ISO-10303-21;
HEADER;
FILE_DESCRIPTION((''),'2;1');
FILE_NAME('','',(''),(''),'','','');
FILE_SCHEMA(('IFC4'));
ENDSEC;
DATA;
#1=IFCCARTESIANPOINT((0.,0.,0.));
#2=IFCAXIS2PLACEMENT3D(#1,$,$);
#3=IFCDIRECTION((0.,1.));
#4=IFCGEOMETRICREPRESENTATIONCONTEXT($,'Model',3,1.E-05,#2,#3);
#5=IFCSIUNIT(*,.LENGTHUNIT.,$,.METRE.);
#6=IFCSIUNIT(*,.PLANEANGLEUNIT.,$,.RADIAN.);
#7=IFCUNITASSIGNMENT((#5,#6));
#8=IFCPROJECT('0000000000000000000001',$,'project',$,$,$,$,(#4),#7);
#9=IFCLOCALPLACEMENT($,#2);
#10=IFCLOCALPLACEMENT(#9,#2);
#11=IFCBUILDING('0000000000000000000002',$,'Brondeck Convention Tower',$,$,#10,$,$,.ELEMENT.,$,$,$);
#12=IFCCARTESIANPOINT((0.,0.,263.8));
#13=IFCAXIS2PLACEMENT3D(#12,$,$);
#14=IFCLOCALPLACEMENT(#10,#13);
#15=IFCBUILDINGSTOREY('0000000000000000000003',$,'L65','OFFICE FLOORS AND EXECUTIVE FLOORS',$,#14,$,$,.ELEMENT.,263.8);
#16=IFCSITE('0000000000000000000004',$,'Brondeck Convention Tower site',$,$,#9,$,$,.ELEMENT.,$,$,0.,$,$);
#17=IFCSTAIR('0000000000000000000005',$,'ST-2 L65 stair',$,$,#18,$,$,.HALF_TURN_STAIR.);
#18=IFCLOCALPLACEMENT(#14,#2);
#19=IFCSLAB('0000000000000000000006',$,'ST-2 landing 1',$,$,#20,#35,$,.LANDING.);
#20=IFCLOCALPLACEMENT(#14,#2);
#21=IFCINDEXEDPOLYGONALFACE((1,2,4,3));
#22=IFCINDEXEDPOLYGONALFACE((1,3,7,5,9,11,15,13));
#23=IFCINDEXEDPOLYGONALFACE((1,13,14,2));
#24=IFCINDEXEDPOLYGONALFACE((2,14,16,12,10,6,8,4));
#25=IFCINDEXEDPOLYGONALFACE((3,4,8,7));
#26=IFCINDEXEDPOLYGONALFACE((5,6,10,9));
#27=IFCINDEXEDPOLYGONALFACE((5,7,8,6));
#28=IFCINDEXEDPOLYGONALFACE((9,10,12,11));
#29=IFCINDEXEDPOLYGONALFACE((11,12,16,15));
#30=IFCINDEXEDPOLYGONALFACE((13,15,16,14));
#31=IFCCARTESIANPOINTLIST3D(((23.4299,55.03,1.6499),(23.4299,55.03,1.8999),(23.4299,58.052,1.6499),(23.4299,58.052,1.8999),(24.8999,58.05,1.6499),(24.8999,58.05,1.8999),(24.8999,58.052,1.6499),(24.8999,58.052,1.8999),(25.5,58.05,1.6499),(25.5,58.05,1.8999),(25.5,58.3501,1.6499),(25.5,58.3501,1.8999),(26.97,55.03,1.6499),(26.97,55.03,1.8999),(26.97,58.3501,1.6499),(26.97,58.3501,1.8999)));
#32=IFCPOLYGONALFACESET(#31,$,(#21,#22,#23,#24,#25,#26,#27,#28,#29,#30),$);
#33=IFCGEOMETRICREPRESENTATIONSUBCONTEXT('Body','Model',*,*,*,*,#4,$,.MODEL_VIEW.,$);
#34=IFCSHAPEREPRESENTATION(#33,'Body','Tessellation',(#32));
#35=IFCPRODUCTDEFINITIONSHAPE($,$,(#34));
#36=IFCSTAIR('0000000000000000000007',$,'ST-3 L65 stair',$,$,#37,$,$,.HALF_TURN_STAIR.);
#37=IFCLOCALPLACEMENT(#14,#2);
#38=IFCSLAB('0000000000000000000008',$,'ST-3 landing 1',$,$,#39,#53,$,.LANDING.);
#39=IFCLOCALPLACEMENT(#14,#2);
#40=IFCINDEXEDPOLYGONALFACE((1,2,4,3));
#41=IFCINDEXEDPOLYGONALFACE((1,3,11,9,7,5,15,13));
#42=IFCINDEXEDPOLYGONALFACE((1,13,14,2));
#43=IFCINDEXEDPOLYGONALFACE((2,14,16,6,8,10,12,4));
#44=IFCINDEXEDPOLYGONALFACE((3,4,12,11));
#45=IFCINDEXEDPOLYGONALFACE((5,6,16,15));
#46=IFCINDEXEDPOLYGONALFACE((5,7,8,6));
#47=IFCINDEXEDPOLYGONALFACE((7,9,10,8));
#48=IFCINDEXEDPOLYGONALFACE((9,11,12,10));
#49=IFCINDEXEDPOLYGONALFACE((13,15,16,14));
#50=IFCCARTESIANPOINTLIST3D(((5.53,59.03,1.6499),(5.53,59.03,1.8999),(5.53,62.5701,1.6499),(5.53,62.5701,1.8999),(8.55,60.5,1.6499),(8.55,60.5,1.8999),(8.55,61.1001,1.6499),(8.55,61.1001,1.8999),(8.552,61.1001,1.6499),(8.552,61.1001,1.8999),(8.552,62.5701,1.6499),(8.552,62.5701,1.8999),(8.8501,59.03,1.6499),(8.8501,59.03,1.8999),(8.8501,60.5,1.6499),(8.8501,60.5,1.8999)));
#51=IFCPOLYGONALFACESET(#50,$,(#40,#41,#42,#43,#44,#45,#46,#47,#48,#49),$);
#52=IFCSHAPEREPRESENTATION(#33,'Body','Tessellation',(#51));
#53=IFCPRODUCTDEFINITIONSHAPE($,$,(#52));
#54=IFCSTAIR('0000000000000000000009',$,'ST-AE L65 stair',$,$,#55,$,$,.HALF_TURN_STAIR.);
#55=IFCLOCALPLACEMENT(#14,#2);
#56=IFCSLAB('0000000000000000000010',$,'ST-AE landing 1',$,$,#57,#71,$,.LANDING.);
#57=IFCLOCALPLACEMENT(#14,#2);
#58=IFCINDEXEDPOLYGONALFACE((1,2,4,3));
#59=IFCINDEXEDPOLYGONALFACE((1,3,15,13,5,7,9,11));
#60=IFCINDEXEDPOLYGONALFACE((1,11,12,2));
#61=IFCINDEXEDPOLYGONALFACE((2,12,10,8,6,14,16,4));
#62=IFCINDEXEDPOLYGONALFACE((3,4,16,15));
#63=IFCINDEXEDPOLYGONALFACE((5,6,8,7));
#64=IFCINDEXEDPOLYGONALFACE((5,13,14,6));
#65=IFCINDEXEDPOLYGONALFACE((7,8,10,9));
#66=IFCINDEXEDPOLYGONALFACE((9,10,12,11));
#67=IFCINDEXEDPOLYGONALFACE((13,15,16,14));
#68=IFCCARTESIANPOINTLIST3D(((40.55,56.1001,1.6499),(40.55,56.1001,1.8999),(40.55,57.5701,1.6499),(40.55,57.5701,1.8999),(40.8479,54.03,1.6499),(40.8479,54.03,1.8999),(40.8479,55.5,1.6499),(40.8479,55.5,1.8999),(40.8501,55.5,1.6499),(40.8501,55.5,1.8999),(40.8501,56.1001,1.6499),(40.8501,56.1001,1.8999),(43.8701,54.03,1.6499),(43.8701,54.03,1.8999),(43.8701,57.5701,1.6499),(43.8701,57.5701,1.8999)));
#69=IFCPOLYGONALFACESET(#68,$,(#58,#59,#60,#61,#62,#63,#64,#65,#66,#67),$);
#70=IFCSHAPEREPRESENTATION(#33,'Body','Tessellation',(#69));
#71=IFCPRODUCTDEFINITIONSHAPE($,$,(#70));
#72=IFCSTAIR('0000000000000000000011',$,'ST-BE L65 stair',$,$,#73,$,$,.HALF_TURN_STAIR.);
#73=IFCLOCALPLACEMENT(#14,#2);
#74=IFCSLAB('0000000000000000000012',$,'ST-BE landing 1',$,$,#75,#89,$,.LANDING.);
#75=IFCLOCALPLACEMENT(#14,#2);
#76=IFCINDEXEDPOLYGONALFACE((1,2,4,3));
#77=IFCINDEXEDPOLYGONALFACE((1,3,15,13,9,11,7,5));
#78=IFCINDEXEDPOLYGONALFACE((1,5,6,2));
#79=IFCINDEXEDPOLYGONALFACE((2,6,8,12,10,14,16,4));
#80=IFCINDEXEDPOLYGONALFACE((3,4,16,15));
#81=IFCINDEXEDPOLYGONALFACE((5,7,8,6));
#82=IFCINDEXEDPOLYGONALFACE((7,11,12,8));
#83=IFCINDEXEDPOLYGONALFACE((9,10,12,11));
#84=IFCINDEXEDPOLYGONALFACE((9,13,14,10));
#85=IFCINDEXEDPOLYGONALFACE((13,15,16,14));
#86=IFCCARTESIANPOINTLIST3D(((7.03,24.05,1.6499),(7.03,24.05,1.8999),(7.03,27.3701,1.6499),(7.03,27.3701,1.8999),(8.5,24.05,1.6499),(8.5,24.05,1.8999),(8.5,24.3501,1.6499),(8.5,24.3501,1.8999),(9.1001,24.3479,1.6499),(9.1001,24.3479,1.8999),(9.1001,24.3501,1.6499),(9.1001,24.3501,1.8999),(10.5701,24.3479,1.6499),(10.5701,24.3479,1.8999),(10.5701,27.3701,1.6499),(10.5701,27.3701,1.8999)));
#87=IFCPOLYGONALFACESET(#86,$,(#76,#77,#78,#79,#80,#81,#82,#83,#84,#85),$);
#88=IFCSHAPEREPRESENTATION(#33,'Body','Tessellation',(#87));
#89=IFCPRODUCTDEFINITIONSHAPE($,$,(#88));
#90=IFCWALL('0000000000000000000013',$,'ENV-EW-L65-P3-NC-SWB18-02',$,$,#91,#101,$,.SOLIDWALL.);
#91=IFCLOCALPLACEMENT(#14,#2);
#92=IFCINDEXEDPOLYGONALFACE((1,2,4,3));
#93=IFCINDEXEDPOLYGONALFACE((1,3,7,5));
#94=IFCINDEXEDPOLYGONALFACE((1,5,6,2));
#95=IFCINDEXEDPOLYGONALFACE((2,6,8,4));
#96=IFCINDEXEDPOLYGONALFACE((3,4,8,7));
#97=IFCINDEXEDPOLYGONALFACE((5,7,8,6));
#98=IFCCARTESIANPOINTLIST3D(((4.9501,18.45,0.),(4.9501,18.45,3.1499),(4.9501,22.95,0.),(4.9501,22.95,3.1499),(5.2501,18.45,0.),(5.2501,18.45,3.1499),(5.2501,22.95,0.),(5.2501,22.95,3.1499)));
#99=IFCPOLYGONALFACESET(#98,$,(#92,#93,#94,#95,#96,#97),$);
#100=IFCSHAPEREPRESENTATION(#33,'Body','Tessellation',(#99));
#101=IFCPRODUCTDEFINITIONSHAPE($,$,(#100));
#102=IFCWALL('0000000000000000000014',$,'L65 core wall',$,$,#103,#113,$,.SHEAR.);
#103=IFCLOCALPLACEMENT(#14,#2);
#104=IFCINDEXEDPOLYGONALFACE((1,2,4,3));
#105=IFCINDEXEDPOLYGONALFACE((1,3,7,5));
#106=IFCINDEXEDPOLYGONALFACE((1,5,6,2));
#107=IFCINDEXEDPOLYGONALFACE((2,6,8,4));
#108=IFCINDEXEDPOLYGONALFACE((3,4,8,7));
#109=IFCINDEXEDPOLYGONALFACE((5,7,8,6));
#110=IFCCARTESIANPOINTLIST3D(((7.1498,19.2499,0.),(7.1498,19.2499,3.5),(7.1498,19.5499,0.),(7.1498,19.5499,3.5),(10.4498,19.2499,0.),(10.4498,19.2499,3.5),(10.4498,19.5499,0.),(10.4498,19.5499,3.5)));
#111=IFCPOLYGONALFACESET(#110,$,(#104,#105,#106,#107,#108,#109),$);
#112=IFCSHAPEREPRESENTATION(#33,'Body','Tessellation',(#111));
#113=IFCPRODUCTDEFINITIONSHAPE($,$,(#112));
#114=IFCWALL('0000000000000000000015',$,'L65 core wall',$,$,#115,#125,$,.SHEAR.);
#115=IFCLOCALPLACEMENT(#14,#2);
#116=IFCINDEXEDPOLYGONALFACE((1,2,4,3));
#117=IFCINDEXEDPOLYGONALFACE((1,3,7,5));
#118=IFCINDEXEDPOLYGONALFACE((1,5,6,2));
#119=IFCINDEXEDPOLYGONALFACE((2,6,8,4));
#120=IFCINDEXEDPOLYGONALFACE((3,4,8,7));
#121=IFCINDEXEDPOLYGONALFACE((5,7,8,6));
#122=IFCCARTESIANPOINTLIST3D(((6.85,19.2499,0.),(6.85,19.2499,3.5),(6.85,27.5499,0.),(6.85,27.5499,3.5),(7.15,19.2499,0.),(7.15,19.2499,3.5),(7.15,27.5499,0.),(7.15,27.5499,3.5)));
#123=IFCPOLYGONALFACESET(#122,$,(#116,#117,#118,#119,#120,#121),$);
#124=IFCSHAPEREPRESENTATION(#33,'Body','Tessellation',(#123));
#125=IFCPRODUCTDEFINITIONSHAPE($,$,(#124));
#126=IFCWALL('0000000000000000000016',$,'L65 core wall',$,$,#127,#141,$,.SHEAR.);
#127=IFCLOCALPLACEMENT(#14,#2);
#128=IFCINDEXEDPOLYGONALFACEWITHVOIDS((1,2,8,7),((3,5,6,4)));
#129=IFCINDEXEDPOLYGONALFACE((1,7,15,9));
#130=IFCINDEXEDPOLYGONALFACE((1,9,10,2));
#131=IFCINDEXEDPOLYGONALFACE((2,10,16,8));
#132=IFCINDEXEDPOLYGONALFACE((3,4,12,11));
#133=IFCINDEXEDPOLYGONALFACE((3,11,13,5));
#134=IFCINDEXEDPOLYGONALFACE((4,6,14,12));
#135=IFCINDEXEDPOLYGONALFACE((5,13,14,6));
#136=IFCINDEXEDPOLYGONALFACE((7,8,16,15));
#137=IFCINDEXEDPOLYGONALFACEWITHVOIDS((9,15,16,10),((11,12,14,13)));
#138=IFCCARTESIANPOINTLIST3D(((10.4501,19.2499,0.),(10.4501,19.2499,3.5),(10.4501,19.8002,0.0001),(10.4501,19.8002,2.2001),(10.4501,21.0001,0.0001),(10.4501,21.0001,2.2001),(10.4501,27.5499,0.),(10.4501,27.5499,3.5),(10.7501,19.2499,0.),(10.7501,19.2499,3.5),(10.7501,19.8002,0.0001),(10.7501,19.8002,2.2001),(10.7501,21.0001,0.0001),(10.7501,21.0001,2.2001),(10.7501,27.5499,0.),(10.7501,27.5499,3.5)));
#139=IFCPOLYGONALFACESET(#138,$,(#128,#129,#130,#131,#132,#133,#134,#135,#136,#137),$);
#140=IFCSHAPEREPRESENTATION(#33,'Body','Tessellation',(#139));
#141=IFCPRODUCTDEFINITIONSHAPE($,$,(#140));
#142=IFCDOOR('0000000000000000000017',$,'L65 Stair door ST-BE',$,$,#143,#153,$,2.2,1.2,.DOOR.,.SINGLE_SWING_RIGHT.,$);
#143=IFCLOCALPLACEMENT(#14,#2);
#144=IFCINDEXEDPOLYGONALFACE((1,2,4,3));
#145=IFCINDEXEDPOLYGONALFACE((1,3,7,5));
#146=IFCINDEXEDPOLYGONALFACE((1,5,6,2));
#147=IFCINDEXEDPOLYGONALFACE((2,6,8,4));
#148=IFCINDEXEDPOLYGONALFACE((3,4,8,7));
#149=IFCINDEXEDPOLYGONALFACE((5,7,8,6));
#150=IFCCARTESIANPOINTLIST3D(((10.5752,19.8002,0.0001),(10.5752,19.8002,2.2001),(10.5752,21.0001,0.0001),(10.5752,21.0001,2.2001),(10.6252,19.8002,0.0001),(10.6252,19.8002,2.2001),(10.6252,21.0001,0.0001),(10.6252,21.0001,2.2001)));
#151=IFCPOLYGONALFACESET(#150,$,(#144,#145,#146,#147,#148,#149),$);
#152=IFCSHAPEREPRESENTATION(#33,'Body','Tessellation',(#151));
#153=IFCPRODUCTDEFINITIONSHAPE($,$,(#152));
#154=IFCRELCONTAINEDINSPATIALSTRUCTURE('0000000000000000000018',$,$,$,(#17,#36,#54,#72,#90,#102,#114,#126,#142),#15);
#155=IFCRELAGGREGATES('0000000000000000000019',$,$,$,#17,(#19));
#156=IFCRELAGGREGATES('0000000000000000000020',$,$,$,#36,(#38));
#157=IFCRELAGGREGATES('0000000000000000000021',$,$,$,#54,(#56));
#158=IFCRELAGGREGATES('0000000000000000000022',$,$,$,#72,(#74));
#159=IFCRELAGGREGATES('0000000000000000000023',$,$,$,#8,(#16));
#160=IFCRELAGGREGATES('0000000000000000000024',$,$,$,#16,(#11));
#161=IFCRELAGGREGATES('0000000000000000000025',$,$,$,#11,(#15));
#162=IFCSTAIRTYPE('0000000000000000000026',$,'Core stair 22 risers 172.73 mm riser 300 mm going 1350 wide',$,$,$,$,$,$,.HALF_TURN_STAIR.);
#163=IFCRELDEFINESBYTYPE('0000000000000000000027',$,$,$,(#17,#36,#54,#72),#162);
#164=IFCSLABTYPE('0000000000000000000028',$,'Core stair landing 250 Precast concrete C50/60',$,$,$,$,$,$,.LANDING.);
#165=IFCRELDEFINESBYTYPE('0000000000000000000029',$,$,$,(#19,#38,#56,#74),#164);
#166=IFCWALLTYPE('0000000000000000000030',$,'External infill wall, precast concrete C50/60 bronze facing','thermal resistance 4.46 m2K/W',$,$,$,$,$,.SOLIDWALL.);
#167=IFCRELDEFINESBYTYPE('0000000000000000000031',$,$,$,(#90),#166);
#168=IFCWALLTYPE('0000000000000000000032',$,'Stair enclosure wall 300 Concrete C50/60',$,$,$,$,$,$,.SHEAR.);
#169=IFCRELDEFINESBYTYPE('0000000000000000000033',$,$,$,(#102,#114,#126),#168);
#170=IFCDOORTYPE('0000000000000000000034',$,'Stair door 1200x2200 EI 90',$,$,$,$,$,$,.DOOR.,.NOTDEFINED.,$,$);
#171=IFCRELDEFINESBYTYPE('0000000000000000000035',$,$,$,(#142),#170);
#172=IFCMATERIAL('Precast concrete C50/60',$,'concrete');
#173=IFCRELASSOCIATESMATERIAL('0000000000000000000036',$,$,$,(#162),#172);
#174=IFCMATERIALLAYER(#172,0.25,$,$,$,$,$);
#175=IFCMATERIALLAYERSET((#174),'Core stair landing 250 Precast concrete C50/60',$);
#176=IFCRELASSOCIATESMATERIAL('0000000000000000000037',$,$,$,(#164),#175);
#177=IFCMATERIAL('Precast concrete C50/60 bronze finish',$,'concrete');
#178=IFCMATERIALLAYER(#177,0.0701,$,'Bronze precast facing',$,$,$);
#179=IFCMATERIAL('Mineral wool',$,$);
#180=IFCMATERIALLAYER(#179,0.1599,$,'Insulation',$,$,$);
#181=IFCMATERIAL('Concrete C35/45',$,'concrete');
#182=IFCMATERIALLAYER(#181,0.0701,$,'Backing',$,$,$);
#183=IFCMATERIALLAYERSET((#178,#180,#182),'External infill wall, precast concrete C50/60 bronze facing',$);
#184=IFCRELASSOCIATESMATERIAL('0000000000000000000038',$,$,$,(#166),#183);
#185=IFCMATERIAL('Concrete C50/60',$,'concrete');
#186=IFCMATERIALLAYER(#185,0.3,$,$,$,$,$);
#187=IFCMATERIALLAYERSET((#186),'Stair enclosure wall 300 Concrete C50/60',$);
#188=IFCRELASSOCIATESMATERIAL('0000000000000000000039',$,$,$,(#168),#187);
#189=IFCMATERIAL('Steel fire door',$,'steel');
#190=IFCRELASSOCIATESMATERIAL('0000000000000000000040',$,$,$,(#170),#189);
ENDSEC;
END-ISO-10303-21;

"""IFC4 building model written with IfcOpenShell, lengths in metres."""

from ifc_helpers import new_model, si_unit, direction, frame, frame_2d, origin, place, context, subcontext, project, spatial, polyline, rectangle, outline, extrude, material, layer, layer_set, type_object, element, fill, aggregate, save


model = new_model("IFC4")

# Units and contexts
model_context = context("Model", 3, precision=1e-05, world=origin(), true_north=direction((0.0, 1.0)))
body_context = subcontext(model_context, "Body", "Model", "MODEL_VIEW")
ifc_project = project(units=[si_unit("LENGTHUNIT", "METRE"), si_unit("PLANEANGLEUNIT", "RADIAN")], contexts=[model_context])

# Site, building, storey
site_placement = place(None, origin())
site = spatial("IfcSite", under=ifc_project, at=site_placement, Name="Brondeck Convention Tower site", CompositionType="ELEMENT", RefElevation=0.0)
building_placement = place(site_placement, origin())
building = spatial("IfcBuilding", under=site, at=building_placement, Name="Brondeck Convention Tower", CompositionType="ELEMENT")
storey_placement = place(building_placement, frame((0.0, 0.0, 263.8)))
storey = spatial("IfcBuildingStorey", under=building, at=storey_placement, Name="L65", Description="OFFICE FLOORS AND EXECUTIVE FLOORS", CompositionType="ELEMENT", Elevation=263.8)

# Shared definitions
ifc_material_1 = material(Name="Concrete C50/60", Category="concrete")

# Shared definitions
ifc_material_2 = material(Name="Concrete C35/45", Category="concrete")

# Stairs, slabs
ifc_material_3 = material(Name="Precast concrete C50/60", Category="concrete")
stair_type = type_object("IfcStairType", Name="Core stair 22 risers 172.73 mm riser 300 mm going 1350 wide", PredefinedType="HALF_TURN_STAIR", material=ifc_material_3)
ifc_layer_1 = layer(ifc_material_3, 0.25)
ifc_layer_set_1 = layer_set([ifc_layer_1], Name="Core stair landing 250 Precast concrete C50/60")
slab_type_1 = type_object("IfcSlabType", Name="Core stair landing 250 Precast concrete C50/60", PredefinedType="LANDING", material=ifc_layer_set_1)
stair_1_placement = place(storey_placement, origin())
stair_1 = element("IfcStair", 1, at=stair_1_placement, inside=storey, type_object=stair_type, Name="ST-2 L65 stair", PredefinedType="HALF_TURN_STAIR")
slab_1_placement = place(storey_placement, frame((0.0, 0.0, 1.6499)))
slab_1 = element("IfcSlab", 2, at=slab_1_placement, type_object=slab_type_1, Name="ST-2 landing 1", PredefinedType="LANDING", context=body_context, shape_type="SweptSolid", body=[
    extrude(outline(polyline([(23.4299, 58.052), (24.8999, 58.052), (24.8999, 58.05), (25.5, 58.05), (25.5, 58.3501), (26.97, 58.3501), (26.97, 55.03), (23.4299, 55.03), (23.4299, 58.052)])), origin(), (0.0, 0.0, 1.0), 0.25),
])
aggregate(stair_1, [slab_1])
stair_2_placement = place(storey_placement, origin())
stair_2 = element("IfcStair", 3, at=stair_2_placement, inside=storey, type_object=stair_type, Name="ST-3 L65 stair", PredefinedType="HALF_TURN_STAIR")
slab_2_placement = place(storey_placement, frame((0.0, 0.0, 1.6499)))
slab_2 = element("IfcSlab", 4, at=slab_2_placement, type_object=slab_type_1, Name="ST-3 landing 1", PredefinedType="LANDING", context=body_context, shape_type="SweptSolid", body=[
    extrude(outline(polyline([(8.8501, 60.5), (8.8501, 59.03), (5.53, 59.03), (5.53, 62.5701), (8.552, 62.5701), (8.552, 61.1001), (8.55, 61.1001), (8.55, 60.5), (8.8501, 60.5)])), origin(), (0.0, 0.0, 1.0), 0.25),
])
aggregate(stair_2, [slab_2])
stair_3_placement = place(storey_placement, origin())
stair_3 = element("IfcStair", 5, at=stair_3_placement, inside=storey, type_object=stair_type, Name="ST-AE L65 stair", PredefinedType="HALF_TURN_STAIR")
slab_3_placement = place(storey_placement, frame((0.0, 0.0, 1.6499)))
slab_3 = element("IfcSlab", 6, at=slab_3_placement, type_object=slab_type_1, Name="ST-AE landing 1", PredefinedType="LANDING", context=body_context, shape_type="SweptSolid", body=[
    extrude(outline(polyline([(40.8479, 55.5), (40.8501, 55.5), (40.8501, 56.1001), (40.55, 56.1001), (40.55, 57.5701), (43.8701, 57.5701), (43.8701, 54.03), (40.8479, 54.03), (40.8479, 55.5)])), origin(), (0.0, 0.0, 1.0), 0.25),
])
aggregate(stair_3, [slab_3])
stair_4_placement = place(storey_placement, origin())
stair_4 = element("IfcStair", 7, at=stair_4_placement, inside=storey, type_object=stair_type, Name="ST-BE L65 stair", PredefinedType="HALF_TURN_STAIR")
slab_4_placement = place(storey_placement, frame((0.0, 0.0, 1.6499)))
slab_4 = element("IfcSlab", 8, at=slab_4_placement, type_object=slab_type_1, Name="ST-BE landing 1", PredefinedType="LANDING", context=body_context, shape_type="SweptSolid", body=[
    extrude(outline(polyline([(7.03, 24.05), (7.03, 27.3701), (10.5701, 27.3701), (10.5701, 24.3479), (9.1001, 24.3479), (9.1001, 24.3501), (8.5, 24.3501), (8.5, 24.05), (7.03, 24.05)])), origin(), (0.0, 0.0, 1.0), 0.25),
])
aggregate(stair_4, [slab_4])

# Walls
ifc_material_4 = material(Name="Precast concrete C50/60 bronze finish", Category="concrete")
ifc_layer_2 = layer(ifc_material_4, 0.0701, Name="Bronze precast facing")
ifc_material_5 = material(Name="Mineral wool")
ifc_layer_3 = layer(ifc_material_5, 0.1599, Name="Insulation")
ifc_layer_4 = layer(ifc_material_2, 0.0701, Name="Backing")
ifc_layer_set_2 = layer_set([ifc_layer_2, ifc_layer_3, ifc_layer_4], Name="External infill wall, precast concrete C50/60 bronze facing")
wall_type_1 = type_object("IfcWallType", Name="External infill wall, precast concrete C50/60 bronze facing", Description="thermal resistance 4.46 m2K/W", PredefinedType="SOLIDWALL", material=ifc_layer_set_2)
wall_1_placement = place(storey_placement, frame((5.1001, 18.45, 0.0), z_axis=(0.0, 0.0, 1.0), x_axis=(0.0, 1.0, 0.0)))
element("IfcWall", 9, at=wall_1_placement, inside=storey, type_object=wall_type_1, Name="ENV-EW-L65-P3-NC-SWB18-02", PredefinedType="SOLIDWALL", context=body_context, shape_type="SweptSolid", body=[
    extrude(rectangle(XDim=4.5, YDim=0.3, at=frame_2d((2.25, 0.0))), origin(), (0.0, 0.0, 1.0), 3.1499),
])
ifc_layer_5 = layer(ifc_material_1, 0.3)
ifc_layer_set_3 = layer_set([ifc_layer_5], Name="Stair enclosure wall 300 Concrete C50/60")
wall_type_2 = type_object("IfcWallType", Name="Stair enclosure wall 300 Concrete C50/60", PredefinedType="SHEAR", material=ifc_layer_set_3)
wall_2_placement = place(storey_placement, frame((7.1499, 19.3999, 0.0), z_axis=(0.0, 0.0, 1.0), x_axis=(1.0, 0.0, 0.0)))
element("IfcWall", 10, at=wall_2_placement, inside=storey, type_object=wall_type_2, Name="L65 core wall", PredefinedType="SHEAR", context=body_context, shape_type="SweptSolid", body=[
    extrude(rectangle(XDim=3.3, YDim=0.3, at=frame_2d((1.6499, 0.0))), origin(), (0.0, 0.0, 1.0), 3.5),
])
wall_3_placement = place(storey_placement, frame((7.0, 19.25, 0.0), z_axis=(0.0, 0.0, 1.0), x_axis=(0.0, 1.0, 0.0)))
element("IfcWall", 11, at=wall_3_placement, inside=storey, type_object=wall_type_2, Name="L65 core wall", PredefinedType="SHEAR", context=body_context, shape_type="SweptSolid", body=[
    extrude(rectangle(XDim=8.3, YDim=0.3, at=frame_2d((4.1499, 0.0))), origin(), (0.0, 0.0, 1.0), 3.5),
])

# Wall, opening, door
wall_4_placement = place(storey_placement, frame((10.6001, 19.25, 0.0), z_axis=(0.0, 0.0, 1.0), x_axis=(0.0, 1.0, 0.0)))
wall_4 = element("IfcWall", 12, at=wall_4_placement, inside=storey, type_object=wall_type_2, Name="L65 core wall", PredefinedType="SHEAR", context=body_context, shape_type="SweptSolid", body=[
    extrude(rectangle(XDim=8.3, YDim=0.3, at=frame_2d((4.1499, 0.0))), origin(), (0.0, 0.0, 1.0), 3.5),
])
opening_placement = place(wall_4_placement, frame((0.55, 0.0, 0.0)))
opening = element("IfcOpeningElement", 13, at=opening_placement, cuts=wall_4, PredefinedType="OPENING", context=body_context, shape_type="SweptSolid", body=[
    extrude(rectangle(XDim=1.2, YDim=2.2, at=frame_2d((0.6001, 1.1001))), frame((0.0, 0.1599, 0.0), z_axis=(0.0, -1.0, 0.0), x_axis=(1.0, 0.0, 0.0)), (0.0, 0.0, 1.0), 0.3201),
])
ifc_material_6 = material(Name="Steel fire door", Category="steel")
door_type = type_object("IfcDoorType", Name="Stair door 1200x2200 EI 90", OperationType="NOTDEFINED", PredefinedType="DOOR", material=ifc_material_6)
door_placement = place(opening_placement, origin())
door = element("IfcDoor", 14, at=door_placement, inside=storey, type_object=door_type, Name="L65 Stair door ST-BE", OperationType="SINGLE_SWING_RIGHT", OverallHeight=2.2, OverallWidth=1.2, PredefinedType="DOOR", context=body_context, shape_type="SweptSolid", body=[
    extrude(rectangle(XDim=1.2, YDim=2.2, at=frame_2d((0.6001, 1.1001))), frame((0.0, 0.0249, 0.0), z_axis=(0.0, -1.0, 0.0), x_axis=(1.0, 0.0, 0.0)), (0.0, 0.0, 1.0), 0.05),
])
fill(opening, door)

save(model, "model.ifc")
